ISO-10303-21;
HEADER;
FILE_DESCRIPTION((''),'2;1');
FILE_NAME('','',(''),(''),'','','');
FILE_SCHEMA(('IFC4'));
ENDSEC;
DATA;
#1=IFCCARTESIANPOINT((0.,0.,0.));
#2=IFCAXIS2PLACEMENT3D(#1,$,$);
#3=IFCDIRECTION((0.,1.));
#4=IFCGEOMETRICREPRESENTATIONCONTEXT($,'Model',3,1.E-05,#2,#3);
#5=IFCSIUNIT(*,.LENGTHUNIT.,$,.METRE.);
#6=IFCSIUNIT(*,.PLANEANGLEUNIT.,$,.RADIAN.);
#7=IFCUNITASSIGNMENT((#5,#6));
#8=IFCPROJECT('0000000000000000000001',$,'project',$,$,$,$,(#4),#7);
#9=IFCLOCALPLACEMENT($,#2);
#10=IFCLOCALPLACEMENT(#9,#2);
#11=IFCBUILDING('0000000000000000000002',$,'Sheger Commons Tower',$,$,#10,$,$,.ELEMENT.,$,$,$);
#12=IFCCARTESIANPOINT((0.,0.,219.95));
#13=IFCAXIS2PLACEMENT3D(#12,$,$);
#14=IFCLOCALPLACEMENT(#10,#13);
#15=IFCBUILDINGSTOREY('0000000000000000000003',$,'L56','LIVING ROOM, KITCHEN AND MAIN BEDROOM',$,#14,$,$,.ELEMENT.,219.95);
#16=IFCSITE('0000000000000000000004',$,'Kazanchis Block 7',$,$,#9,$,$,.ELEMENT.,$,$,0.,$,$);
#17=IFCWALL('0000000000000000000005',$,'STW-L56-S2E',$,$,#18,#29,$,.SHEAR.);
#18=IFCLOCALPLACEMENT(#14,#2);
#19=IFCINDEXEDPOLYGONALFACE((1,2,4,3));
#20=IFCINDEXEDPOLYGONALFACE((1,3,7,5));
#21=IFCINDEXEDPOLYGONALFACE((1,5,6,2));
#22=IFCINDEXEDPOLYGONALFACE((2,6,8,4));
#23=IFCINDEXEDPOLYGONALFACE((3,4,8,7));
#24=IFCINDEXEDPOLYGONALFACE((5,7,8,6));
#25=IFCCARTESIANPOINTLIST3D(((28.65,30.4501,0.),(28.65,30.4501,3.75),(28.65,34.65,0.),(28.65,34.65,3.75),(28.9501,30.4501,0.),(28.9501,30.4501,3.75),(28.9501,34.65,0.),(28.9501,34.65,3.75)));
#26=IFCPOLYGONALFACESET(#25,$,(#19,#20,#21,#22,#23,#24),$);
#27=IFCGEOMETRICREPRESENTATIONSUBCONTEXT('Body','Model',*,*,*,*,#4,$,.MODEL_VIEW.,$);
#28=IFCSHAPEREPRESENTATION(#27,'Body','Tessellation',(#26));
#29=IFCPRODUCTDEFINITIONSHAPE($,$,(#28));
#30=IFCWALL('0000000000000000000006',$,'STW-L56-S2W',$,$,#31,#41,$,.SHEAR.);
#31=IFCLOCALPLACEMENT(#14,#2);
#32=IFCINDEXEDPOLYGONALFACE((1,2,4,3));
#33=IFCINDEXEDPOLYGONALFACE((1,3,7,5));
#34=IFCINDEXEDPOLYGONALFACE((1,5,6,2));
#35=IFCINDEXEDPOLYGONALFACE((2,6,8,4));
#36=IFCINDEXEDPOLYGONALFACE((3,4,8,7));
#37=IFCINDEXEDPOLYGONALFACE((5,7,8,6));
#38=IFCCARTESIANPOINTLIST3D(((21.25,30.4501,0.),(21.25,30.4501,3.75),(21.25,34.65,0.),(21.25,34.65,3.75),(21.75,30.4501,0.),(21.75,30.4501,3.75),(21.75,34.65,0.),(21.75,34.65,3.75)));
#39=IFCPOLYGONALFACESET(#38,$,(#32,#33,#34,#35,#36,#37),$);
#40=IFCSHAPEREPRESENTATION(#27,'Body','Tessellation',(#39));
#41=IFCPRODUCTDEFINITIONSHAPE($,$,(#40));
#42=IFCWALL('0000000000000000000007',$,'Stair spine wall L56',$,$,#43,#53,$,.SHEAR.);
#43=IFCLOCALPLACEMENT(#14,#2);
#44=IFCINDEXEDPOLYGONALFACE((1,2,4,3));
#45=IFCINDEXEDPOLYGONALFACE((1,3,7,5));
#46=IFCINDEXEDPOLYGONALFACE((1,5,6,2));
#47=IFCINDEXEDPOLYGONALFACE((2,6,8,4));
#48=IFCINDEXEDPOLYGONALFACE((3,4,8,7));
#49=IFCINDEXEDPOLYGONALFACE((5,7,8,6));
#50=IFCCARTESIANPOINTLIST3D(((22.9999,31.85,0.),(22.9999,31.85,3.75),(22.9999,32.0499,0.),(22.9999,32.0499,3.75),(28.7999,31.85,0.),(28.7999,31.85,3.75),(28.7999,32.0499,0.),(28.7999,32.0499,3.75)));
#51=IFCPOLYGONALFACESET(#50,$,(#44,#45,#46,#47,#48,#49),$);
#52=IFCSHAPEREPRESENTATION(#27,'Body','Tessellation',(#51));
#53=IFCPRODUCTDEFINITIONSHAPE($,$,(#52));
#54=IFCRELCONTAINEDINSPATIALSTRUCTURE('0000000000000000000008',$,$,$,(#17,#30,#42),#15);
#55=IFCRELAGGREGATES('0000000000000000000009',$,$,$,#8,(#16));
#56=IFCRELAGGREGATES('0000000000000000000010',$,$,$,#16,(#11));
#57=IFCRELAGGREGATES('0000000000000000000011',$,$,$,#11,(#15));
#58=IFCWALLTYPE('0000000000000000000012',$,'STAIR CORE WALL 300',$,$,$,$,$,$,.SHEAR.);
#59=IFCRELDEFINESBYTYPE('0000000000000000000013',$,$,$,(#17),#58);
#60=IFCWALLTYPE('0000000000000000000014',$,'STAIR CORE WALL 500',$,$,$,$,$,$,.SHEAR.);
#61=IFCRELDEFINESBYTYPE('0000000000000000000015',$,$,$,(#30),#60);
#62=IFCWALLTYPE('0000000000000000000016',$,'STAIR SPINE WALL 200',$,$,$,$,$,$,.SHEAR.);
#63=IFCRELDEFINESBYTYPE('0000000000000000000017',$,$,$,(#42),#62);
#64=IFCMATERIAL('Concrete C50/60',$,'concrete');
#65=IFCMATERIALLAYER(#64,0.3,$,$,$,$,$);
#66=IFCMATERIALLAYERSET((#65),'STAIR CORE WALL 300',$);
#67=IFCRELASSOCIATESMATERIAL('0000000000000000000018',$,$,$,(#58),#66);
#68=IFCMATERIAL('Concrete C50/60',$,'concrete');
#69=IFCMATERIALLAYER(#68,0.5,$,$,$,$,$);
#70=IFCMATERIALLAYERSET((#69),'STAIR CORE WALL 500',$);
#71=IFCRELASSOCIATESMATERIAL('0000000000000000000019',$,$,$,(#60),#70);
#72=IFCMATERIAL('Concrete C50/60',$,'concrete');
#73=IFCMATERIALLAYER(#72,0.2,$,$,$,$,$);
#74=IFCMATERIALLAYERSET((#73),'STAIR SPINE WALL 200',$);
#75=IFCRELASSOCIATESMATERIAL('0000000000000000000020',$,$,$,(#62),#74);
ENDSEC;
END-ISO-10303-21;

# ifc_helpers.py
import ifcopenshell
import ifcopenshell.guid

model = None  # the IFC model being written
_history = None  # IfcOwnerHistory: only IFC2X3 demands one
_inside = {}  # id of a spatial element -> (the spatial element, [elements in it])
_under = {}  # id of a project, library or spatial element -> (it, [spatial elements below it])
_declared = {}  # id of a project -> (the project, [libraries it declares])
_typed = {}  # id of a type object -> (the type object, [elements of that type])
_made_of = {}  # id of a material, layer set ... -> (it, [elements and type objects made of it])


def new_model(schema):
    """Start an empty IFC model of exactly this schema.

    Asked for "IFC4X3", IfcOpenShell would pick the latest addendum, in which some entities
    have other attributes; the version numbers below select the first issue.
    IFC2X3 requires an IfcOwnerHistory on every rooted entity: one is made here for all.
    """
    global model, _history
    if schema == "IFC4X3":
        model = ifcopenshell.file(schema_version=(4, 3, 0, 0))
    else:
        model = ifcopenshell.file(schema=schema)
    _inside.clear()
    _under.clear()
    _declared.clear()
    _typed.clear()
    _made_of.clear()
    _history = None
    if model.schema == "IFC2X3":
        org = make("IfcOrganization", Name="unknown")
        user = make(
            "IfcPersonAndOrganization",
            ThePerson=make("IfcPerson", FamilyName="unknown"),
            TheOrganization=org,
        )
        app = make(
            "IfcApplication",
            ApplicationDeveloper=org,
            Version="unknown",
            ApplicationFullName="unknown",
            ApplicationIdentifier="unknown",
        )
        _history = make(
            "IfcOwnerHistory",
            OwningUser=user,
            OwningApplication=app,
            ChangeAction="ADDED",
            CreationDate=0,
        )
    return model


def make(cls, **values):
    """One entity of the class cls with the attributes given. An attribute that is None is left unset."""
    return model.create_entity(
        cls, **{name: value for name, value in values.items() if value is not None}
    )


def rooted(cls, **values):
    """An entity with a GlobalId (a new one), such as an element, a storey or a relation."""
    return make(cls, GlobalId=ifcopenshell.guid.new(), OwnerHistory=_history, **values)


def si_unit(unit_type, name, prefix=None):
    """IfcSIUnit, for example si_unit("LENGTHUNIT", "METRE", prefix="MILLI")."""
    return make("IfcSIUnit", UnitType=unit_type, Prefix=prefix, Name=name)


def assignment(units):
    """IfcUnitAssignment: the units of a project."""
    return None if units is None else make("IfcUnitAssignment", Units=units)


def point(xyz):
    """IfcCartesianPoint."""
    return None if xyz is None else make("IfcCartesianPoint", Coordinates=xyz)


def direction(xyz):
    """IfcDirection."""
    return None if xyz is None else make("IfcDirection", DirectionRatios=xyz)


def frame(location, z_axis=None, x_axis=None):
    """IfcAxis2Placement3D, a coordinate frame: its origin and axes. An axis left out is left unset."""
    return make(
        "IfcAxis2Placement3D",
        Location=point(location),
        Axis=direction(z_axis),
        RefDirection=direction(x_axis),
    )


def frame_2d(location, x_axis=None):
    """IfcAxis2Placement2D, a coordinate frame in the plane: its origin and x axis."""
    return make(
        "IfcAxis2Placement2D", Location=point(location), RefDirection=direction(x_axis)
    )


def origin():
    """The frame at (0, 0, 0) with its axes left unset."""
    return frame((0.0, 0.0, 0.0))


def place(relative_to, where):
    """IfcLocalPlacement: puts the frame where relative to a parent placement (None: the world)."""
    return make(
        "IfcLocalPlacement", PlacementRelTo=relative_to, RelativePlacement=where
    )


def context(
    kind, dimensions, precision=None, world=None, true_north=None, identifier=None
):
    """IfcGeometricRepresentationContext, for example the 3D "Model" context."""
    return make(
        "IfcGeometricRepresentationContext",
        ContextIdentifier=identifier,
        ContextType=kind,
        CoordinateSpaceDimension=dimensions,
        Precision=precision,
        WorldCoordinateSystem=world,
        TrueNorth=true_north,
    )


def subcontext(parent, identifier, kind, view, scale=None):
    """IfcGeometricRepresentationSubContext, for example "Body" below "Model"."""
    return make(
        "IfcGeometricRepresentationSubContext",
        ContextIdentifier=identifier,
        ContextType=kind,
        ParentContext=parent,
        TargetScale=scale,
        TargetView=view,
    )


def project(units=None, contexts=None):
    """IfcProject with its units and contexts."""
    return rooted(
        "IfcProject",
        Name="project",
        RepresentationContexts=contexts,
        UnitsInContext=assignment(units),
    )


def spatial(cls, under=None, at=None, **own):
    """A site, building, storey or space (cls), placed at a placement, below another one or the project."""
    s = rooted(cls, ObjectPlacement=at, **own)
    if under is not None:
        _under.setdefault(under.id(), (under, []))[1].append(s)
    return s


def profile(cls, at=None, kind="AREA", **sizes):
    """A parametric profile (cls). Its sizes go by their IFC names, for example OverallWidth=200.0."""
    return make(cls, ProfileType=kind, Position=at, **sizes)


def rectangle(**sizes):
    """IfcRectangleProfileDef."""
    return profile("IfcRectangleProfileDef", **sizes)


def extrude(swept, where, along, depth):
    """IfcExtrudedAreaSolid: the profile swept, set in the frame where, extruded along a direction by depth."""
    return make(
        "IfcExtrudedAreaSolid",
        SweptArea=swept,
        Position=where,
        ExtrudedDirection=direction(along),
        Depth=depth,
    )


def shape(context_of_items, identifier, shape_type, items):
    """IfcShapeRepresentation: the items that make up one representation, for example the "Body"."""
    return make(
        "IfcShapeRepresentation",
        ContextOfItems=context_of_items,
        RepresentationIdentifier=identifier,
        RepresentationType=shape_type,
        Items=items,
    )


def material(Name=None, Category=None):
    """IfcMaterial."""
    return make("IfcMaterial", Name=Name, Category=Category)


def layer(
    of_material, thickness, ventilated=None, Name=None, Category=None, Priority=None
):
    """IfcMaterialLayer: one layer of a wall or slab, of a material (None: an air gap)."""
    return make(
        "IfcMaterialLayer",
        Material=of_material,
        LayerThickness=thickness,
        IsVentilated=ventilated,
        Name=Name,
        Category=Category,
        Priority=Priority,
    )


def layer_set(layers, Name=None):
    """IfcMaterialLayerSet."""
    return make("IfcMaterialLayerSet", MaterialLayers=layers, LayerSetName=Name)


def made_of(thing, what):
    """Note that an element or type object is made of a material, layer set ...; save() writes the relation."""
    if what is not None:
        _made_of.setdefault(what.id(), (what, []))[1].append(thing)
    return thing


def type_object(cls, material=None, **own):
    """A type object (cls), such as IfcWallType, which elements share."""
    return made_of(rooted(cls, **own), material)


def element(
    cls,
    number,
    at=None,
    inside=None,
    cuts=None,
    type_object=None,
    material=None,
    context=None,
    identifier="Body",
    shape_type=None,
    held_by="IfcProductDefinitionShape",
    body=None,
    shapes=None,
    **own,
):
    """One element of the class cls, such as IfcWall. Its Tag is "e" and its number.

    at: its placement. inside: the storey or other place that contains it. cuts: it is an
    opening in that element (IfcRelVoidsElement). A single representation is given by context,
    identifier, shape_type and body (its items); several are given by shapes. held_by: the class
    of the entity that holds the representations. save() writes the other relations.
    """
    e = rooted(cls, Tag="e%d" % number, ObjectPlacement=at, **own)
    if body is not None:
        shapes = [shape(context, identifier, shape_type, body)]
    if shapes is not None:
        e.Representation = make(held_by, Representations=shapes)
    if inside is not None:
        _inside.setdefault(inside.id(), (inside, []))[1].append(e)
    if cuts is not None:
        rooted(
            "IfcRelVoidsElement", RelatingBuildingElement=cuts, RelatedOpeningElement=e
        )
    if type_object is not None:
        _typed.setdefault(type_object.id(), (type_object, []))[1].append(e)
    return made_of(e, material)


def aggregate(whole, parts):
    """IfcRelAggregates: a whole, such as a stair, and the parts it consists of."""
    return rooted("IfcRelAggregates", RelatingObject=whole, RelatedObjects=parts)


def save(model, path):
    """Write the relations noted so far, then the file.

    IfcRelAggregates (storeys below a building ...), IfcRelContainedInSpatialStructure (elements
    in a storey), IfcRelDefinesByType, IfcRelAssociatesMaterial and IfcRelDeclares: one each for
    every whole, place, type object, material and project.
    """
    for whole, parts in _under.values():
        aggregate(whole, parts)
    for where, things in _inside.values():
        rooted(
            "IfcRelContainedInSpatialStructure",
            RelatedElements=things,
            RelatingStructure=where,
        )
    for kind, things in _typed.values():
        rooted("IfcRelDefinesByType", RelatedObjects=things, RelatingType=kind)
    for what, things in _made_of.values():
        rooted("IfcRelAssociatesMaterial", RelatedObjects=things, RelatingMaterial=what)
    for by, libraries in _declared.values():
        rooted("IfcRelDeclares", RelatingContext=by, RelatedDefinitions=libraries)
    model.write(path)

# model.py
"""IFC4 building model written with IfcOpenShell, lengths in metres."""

from ifc_helpers import new_model, si_unit, direction, frame, frame_2d, origin, place, context, subcontext, project, spatial, rectangle, extrude, material, layer, layer_set, type_object, element, save


model = new_model("IFC4")

# Units and contexts
model_context = context("Model", 3, precision=1e-05, world=origin(), true_north=direction((0.0, 1.0)))
body_context = subcontext(model_context, "Body", "Model", "MODEL_VIEW")
ifc_project = project(units=[si_unit("LENGTHUNIT", "METRE"), si_unit("PLANEANGLEUNIT", "RADIAN")], contexts=[model_context])

# Site, building, storey
site_placement = place(None, origin())
site = spatial("IfcSite", under=ifc_project, at=site_placement, Name="Kazanchis Block 7", CompositionType="ELEMENT", RefElevation=0.0)
building_placement = place(site_placement, origin())
building = spatial("IfcBuilding", under=site, at=building_placement, Name="Sheger Commons Tower", CompositionType="ELEMENT")
storey_placement = place(building_placement, frame((0.0, 0.0, 219.95)))
storey = spatial("IfcBuildingStorey", under=building, at=storey_placement, Name="L56", Description="LIVING ROOM, KITCHEN AND MAIN BEDROOM", CompositionType="ELEMENT", Elevation=219.95)

# Shared definitions
ifc_material_1 = material(Name="Concrete C50/60", Category="concrete")
ifc_layer_1 = layer(ifc_material_1, 0.3)
ifc_layer_set_1 = layer_set([ifc_layer_1], Name="STAIR CORE WALL 300")
wall_type_1 = type_object("IfcWallType", Name="STAIR CORE WALL 300", PredefinedType="SHEAR", material=ifc_layer_set_1)

# Walls
wall_1_placement = place(storey_placement, frame((28.8, 30.45, 0.0), z_axis=(0.0, 0.0, 1.0), x_axis=(0.0, 1.0, 0.0)))
element("IfcWall", 1, at=wall_1_placement, inside=storey, type_object=wall_type_1, Name="STW-L56-S2E", PredefinedType="SHEAR", context=body_context, shape_type="SweptSolid", body=[
    extrude(rectangle(XDim=4.2, YDim=0.3, at=frame_2d((2.1001, 0.0))), origin(), (0.0, 0.0, 1.0), 3.75),
])
ifc_material_2 = material(Name="Concrete C50/60", Category="concrete")
ifc_layer_2 = layer(ifc_material_2, 0.5)
ifc_layer_set_2 = layer_set([ifc_layer_2], Name="STAIR CORE WALL 500")
wall_type_2 = type_object("IfcWallType", Name="STAIR CORE WALL 500", PredefinedType="SHEAR", material=ifc_layer_set_2)
wall_2_placement = place(storey_placement, frame((21.5, 30.45, 0.0), z_axis=(0.0, 0.0, 1.0), x_axis=(0.0, 1.0, 0.0)))
element("IfcWall", 2, at=wall_2_placement, inside=storey, type_object=wall_type_2, Name="STW-L56-S2W", PredefinedType="SHEAR", context=body_context, shape_type="SweptSolid", body=[
    extrude(rectangle(XDim=4.2, YDim=0.5, at=frame_2d((2.1001, 0.0))), origin(), (0.0, 0.0, 1.0), 3.75),
])
ifc_material_3 = material(Name="Concrete C50/60", Category="concrete")
ifc_layer_3 = layer(ifc_material_3, 0.2)
ifc_layer_set_3 = layer_set([ifc_layer_3], Name="STAIR SPINE WALL 200")
wall_type_3 = type_object("IfcWallType", Name="STAIR SPINE WALL 200", PredefinedType="SHEAR", material=ifc_layer_set_3)
wall_3_placement = place(storey_placement, frame((23.0, 31.95, 0.0), z_axis=(0.0, 0.0, 1.0), x_axis=(1.0, 0.0, 0.0)))
element("IfcWall", 3, at=wall_3_placement, inside=storey, type_object=wall_type_3, Name="Stair spine wall L56", PredefinedType="SHEAR", context=body_context, shape_type="SweptSolid", body=[
    extrude(rectangle(XDim=5.8, YDim=0.2, at=frame_2d((2.8999, 0.0))), origin(), (0.0, 0.0, 1.0), 3.75),
])

save(model, "model.ifc")
